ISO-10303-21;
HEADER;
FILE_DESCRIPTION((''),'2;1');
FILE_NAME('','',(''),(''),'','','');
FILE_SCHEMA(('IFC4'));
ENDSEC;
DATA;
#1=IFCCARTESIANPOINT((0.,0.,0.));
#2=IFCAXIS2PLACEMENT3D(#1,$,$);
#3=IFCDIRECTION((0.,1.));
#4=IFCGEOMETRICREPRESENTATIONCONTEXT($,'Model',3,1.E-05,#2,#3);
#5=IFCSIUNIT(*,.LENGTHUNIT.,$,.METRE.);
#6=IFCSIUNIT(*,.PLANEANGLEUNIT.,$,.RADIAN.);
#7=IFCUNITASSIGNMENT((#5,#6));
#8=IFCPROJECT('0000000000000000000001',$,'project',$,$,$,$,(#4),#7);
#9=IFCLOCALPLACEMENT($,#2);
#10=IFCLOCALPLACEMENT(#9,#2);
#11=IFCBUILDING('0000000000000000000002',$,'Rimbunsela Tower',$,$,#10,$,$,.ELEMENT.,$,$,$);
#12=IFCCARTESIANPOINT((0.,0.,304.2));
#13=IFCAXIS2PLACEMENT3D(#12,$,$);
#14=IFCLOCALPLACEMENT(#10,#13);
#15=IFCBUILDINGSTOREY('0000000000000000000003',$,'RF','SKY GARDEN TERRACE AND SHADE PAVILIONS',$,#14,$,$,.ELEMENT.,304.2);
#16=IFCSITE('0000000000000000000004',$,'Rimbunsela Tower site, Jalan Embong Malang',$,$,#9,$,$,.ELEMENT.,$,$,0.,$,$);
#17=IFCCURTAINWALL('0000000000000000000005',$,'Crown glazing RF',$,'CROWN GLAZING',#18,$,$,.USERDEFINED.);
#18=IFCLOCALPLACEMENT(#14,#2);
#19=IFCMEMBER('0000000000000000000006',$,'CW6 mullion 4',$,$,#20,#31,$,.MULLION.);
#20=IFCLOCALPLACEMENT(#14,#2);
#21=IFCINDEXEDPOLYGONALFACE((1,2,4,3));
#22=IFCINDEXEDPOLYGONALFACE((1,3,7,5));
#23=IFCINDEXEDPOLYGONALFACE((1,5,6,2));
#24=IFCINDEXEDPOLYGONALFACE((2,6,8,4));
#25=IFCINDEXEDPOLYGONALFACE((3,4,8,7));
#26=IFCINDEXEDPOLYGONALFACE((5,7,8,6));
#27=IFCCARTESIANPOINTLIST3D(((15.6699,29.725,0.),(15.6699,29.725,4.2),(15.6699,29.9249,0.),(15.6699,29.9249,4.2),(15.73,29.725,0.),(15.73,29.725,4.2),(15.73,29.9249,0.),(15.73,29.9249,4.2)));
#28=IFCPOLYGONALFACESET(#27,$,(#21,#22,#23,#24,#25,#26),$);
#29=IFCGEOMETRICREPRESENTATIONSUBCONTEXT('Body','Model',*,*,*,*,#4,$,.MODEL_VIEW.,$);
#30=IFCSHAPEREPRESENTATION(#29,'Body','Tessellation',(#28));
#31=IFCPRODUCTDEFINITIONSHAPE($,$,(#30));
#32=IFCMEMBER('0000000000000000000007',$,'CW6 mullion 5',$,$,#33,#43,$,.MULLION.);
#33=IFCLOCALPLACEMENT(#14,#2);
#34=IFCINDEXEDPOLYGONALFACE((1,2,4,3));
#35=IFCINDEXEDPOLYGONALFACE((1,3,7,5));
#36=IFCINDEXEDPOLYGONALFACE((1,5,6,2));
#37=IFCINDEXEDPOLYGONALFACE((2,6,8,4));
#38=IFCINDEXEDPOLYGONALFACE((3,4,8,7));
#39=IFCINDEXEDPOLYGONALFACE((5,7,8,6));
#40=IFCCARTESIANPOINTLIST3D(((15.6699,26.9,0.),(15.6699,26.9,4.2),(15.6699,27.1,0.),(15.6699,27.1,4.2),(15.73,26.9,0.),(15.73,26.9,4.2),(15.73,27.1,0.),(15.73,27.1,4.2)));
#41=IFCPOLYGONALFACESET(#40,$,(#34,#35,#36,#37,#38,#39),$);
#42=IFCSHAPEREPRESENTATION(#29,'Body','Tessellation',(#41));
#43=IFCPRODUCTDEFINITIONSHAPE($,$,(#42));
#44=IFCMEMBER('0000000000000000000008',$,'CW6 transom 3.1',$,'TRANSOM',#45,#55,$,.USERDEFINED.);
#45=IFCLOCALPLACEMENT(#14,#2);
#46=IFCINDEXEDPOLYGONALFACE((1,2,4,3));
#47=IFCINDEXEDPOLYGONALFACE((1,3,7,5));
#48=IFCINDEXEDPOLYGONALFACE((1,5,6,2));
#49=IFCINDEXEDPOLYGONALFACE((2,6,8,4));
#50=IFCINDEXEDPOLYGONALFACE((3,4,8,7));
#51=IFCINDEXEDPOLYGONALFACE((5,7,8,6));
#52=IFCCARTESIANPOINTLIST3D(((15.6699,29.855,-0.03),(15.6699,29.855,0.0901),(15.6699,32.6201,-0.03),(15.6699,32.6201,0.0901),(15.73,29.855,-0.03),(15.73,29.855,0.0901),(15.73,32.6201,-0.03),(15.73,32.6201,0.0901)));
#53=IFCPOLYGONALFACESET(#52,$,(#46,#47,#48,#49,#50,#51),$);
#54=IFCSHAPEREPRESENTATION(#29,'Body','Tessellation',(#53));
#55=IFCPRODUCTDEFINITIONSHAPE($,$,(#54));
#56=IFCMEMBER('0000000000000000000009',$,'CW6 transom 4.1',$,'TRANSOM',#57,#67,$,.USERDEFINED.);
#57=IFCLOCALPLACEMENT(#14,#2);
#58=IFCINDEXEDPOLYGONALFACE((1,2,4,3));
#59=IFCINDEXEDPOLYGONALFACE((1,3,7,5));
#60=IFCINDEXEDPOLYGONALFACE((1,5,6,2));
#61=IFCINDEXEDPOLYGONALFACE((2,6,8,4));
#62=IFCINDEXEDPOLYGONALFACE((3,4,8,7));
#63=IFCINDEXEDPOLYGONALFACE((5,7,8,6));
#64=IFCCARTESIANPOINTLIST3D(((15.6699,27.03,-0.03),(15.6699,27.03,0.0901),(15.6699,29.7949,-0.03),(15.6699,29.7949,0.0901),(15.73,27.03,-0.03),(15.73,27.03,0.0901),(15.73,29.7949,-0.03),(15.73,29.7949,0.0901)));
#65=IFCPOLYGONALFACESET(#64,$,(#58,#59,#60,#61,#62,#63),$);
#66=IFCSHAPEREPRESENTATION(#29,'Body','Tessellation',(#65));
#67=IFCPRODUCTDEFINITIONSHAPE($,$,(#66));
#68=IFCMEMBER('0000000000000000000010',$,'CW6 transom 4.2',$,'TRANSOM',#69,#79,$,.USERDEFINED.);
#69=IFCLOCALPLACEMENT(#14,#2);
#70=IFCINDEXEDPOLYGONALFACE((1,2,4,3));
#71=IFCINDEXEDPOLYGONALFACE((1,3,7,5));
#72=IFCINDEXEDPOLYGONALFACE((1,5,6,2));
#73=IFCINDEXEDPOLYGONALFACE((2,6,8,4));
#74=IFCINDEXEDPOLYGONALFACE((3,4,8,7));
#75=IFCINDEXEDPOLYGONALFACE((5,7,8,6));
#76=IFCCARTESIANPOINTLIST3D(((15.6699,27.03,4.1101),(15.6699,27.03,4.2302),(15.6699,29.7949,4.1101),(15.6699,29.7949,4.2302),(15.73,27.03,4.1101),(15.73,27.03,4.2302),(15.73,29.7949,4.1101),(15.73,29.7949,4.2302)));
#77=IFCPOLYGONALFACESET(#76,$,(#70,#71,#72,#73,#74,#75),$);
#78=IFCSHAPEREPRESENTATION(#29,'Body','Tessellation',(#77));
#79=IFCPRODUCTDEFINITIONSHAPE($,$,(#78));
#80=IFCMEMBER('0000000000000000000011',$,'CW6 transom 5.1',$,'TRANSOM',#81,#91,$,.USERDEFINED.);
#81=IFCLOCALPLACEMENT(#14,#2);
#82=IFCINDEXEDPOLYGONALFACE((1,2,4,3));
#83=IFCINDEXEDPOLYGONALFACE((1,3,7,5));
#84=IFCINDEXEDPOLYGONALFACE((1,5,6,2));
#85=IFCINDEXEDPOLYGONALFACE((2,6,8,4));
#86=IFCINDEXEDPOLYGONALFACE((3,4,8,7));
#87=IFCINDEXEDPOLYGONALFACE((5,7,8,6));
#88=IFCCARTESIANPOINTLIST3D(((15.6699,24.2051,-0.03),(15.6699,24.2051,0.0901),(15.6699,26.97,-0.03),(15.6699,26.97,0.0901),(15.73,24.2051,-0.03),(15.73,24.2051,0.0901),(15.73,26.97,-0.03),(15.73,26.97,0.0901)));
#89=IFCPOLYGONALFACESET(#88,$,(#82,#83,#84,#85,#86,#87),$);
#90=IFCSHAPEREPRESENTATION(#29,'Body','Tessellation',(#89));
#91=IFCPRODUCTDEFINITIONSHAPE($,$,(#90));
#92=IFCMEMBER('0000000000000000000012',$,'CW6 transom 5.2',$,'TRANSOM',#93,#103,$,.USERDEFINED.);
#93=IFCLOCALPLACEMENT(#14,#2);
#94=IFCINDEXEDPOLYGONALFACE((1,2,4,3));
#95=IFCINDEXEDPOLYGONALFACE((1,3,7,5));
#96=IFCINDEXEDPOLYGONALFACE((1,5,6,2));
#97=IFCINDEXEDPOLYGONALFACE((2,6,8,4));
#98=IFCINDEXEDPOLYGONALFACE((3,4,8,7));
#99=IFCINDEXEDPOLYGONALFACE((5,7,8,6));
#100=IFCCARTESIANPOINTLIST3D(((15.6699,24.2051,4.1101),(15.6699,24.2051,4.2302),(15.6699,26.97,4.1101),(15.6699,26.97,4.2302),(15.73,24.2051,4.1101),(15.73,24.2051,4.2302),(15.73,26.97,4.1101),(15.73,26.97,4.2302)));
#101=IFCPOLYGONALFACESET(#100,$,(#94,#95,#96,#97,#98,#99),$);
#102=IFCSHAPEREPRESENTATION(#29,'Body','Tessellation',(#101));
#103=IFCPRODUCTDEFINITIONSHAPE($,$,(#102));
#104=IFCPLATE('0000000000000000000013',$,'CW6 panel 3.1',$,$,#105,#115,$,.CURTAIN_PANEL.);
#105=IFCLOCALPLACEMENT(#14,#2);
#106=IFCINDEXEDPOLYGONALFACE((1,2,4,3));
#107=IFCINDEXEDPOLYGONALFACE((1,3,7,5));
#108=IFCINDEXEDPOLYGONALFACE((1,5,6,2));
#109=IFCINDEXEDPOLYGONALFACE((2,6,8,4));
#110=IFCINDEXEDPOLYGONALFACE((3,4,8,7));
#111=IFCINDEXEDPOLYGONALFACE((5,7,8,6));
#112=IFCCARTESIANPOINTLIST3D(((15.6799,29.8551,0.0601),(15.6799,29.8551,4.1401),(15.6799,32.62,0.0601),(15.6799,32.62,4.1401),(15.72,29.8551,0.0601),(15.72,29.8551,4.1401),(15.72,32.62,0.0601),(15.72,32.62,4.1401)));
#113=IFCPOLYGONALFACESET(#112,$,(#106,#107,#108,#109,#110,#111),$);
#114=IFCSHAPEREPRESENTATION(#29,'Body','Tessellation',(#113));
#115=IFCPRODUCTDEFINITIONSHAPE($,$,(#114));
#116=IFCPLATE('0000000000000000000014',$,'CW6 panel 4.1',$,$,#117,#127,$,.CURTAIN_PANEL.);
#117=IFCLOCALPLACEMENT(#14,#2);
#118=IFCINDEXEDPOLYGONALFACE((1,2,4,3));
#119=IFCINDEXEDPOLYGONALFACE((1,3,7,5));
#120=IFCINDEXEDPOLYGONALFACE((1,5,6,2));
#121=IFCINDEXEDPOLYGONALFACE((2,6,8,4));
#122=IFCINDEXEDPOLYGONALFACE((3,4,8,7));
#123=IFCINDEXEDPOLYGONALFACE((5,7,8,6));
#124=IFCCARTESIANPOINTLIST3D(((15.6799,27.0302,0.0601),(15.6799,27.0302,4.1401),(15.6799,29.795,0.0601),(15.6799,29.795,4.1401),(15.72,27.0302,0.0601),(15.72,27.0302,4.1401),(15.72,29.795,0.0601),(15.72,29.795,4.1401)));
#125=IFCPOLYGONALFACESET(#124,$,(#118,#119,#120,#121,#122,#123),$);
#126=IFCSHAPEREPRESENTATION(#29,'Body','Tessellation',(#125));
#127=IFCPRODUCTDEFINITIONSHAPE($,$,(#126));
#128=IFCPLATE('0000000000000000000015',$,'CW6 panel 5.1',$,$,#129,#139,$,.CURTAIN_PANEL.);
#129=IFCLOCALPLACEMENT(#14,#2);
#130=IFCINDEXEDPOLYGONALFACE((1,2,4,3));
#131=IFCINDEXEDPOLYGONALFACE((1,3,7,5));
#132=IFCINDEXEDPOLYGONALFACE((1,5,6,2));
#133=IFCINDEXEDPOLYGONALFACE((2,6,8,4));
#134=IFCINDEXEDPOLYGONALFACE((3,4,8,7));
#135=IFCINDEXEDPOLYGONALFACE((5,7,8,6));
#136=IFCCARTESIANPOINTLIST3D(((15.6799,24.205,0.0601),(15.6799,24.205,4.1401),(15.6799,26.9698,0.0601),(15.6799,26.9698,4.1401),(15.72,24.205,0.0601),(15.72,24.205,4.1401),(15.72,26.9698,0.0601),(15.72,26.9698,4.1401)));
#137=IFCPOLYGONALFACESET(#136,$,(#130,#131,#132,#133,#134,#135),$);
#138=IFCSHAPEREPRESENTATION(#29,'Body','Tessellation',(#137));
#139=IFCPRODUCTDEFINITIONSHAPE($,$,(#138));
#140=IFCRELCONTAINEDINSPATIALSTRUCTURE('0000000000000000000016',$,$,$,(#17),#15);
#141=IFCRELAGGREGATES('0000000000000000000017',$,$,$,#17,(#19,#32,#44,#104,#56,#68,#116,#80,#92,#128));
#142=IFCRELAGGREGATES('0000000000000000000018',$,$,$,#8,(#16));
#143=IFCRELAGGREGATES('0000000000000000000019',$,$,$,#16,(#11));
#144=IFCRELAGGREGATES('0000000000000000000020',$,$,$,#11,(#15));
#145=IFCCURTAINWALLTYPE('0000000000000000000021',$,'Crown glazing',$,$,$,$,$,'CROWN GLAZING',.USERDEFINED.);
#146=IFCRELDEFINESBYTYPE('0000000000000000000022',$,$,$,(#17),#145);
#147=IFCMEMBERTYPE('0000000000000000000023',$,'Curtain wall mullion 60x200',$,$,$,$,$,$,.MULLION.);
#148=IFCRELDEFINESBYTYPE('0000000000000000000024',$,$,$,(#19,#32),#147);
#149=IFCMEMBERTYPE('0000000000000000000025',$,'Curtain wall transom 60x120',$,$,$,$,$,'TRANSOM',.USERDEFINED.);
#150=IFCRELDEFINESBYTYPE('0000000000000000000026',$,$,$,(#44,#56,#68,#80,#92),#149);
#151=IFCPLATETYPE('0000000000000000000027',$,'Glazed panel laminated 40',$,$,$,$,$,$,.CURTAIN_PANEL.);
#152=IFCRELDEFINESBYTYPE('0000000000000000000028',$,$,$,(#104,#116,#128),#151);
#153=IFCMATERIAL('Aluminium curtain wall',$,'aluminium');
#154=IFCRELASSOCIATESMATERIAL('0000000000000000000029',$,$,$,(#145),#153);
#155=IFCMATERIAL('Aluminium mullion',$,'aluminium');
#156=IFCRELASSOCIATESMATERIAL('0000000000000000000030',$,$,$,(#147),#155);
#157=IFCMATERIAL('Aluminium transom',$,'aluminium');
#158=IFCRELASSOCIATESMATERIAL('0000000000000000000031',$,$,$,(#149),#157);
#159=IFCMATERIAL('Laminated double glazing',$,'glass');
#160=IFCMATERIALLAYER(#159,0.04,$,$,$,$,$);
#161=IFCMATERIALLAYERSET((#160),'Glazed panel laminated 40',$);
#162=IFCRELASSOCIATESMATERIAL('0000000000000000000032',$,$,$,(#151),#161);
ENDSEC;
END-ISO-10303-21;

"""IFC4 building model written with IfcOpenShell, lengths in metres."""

from ifc_helpers import new_model, si_unit, direction, frame, origin, origin_2d, place, context, subcontext, project, spatial, rectangle, extrude, material, layer, layer_set, material_profile, profile_set, type_object, element, aggregate, save


model = new_model("IFC4")

# Units and contexts
model_context = context("Model", 3, precision=1e-05, world=origin(), true_north=direction((0.0, 1.0)))
body_context = subcontext(model_context, "Body", "Model", "MODEL_VIEW")
ifc_project = project(units=[si_unit("LENGTHUNIT", "METRE"), si_unit("PLANEANGLEUNIT", "RADIAN")], contexts=[model_context])

# Site, building, storey
site_placement = place(None, origin())
site = spatial("IfcSite", under=ifc_project, at=site_placement, Name="Rimbunsela Tower site, Jalan Embong Malang", CompositionType="ELEMENT", RefElevation=0.0)
building_placement = place(site_placement, origin())
building = spatial("IfcBuilding", under=site, at=building_placement, Name="Rimbunsela Tower", CompositionType="ELEMENT")
storey_placement = place(building_placement, frame((0.0, 0.0, 304.2)))
storey = spatial("IfcBuildingStorey", under=building, at=storey_placement, Name="RF", Description="SKY GARDEN TERRACE AND SHADE PAVILIONS", CompositionType="ELEMENT", Elevation=304.2)

# Curtain wall, members, plates
ifc_material_1 = material(Name="Aluminium curtain wall", Category="aluminium")
curtain_wall_type = type_object("IfcCurtainWallType", Name="Crown glazing", ElementType="CROWN GLAZING", PredefinedType="USERDEFINED", material=ifc_material_1)
curtain_wall_placement = place(storey_placement, origin())
curtain_wall = element("IfcCurtainWall", 1, at=curtain_wall_placement, inside=storey, type_object=curtain_wall_type, Name="Crown glazing RF", ObjectType="CROWN GLAZING", PredefinedType="USERDEFINED")
ifc_material_2 = material(Name="Aluminium mullion", Category="aluminium")
ifc_material_profile_1 = material_profile(ifc_material_2, rectangle(XDim=0.0601, YDim=0.2, at=origin_2d()), Name="Mullion 60x200")
ifc_profile_set_1 = profile_set([ifc_material_profile_1], Name="Aluminium mullion")
member_type_1 = type_object("IfcMemberType", Name="Curtain wall mullion 60x200", PredefinedType="MULLION", material=ifc_profile_set_1)
member_1_placement = place(storey_placement, frame((15.7, 29.825, 0.0), z_axis=(0.0, 0.0, 1.0), x_axis=(1.0, 0.0, 0.0)))
member_1 = element("IfcMember", 2, at=member_1_placement, type_object=member_type_1, Name="CW6 mullion 4", PredefinedType="MULLION", context=body_context, shape_type="SweptSolid", body=[
    extrude(rectangle(XDim=0.0601, YDim=0.2, at=origin_2d()), origin(), (0.0, 0.0, 1.0), 4.2),
])
member_2_placement = place(storey_placement, frame((15.7, 27.0, 0.0), z_axis=(0.0, 0.0, 1.0), x_axis=(1.0, 0.0, 0.0)))
member_2 = element("IfcMember", 3, at=member_2_placement, type_object=member_type_1, Name="CW6 mullion 5", PredefinedType="MULLION", context=body_context, shape_type="SweptSolid", body=[
    extrude(rectangle(XDim=0.0601, YDim=0.2, at=origin_2d()), origin(), (0.0, 0.0, 1.0), 4.2),
])
ifc_material_3 = material(Name="Aluminium transom", Category="aluminium")
ifc_material_profile_2 = material_profile(ifc_material_3, rectangle(XDim=0.0601, YDim=0.1201, at=origin_2d()), Name="Transom 60x120")
ifc_profile_set_2 = profile_set([ifc_material_profile_2], Name="Aluminium transom")
member_type_2 = type_object("IfcMemberType", Name="Curtain wall transom 60x120", ElementType="TRANSOM", PredefinedType="USERDEFINED", material=ifc_profile_set_2)
member_3_placement = place(storey_placement, frame((15.7, 32.6201, 0.03), z_axis=(0.0, -1.0, 0.0), x_axis=(1.0, 0.0, 0.0)))
member_3 = element("IfcMember", 4, at=member_3_placement, type_object=member_type_2, Name="CW6 transom 3.1", ObjectType="TRANSOM", PredefinedType="USERDEFINED", context=body_context, shape_type="SweptSolid", body=[
    extrude(rectangle(XDim=0.0601, YDim=0.1201, at=origin_2d()), origin(), (0.0, 0.0, 1.0), 2.7651),
])
member_4_placement = place(storey_placement, frame((15.7, 29.7949, 0.03), z_axis=(0.0, -1.0, 0.0), x_axis=(1.0, 0.0, 0.0)))
member_4 = element("IfcMember", 5, at=member_4_placement, type_object=member_type_2, Name="CW6 transom 4.1", ObjectType="TRANSOM", PredefinedType="USERDEFINED", context=body_context, shape_type="SweptSolid", body=[
    extrude(rectangle(XDim=0.0601, YDim=0.1201, at=origin_2d()), origin(), (0.0, 0.0, 1.0), 2.7649),
])
member_5_placement = place(storey_placement, frame((15.7, 29.7949, 4.1702), z_axis=(0.0, -1.0, 0.0), x_axis=(1.0, 0.0, 0.0)))
member_5 = element("IfcMember", 6, at=member_5_placement, type_object=member_type_2, Name="CW6 transom 4.2", ObjectType="TRANSOM", PredefinedType="USERDEFINED", context=body_context, shape_type="SweptSolid", body=[
    extrude(rectangle(XDim=0.0601, YDim=0.1201, at=origin_2d()), origin(), (0.0, 0.0, 1.0), 2.7649),
])
member_6_placement = place(storey_placement, frame((15.7, 26.97, 0.03), z_axis=(0.0, -1.0, 0.0), x_axis=(1.0, 0.0, 0.0)))
member_6 = element("IfcMember", 7, at=member_6_placement, type_object=member_type_2, Name="CW6 transom 5.1", ObjectType="TRANSOM", PredefinedType="USERDEFINED", context=body_context, shape_type="SweptSolid", body=[
    extrude(rectangle(XDim=0.0601, YDim=0.1201, at=origin_2d()), origin(), (0.0, 0.0, 1.0), 2.7649),
])
member_7_placement = place(storey_placement, frame((15.7, 26.97, 4.1702), z_axis=(0.0, -1.0, 0.0), x_axis=(1.0, 0.0, 0.0)))
member_7 = element("IfcMember", 8, at=member_7_placement, type_object=member_type_2, Name="CW6 transom 5.2", ObjectType="TRANSOM", PredefinedType="USERDEFINED", context=body_context, shape_type="SweptSolid", body=[
    extrude(rectangle(XDim=0.0601, YDim=0.1201, at=origin_2d()), origin(), (0.0, 0.0, 1.0), 2.7649),
])
ifc_material_4 = material(Name="Laminated double glazing", Category="glass")
ifc_layer_1 = layer(ifc_material_4, 0.04)
ifc_layer_set_1 = layer_set([ifc_layer_1], Name="Glazed panel laminated 40")
plate_type = type_object("IfcPlateType", Name="Glazed panel laminated 40", PredefinedType="CURTAIN_PANEL", material=ifc_layer_set_1)
plate_1_placement = place(storey_placement, frame((15.7, 31.2375, 0.0601), z_axis=(0.0, 0.0, 1.0), x_axis=(0.0, -1.0, 0.0)))
plate_1 = element("IfcPlate", 9, at=plate_1_placement, type_object=plate_type, Name="CW6 panel 3.1", PredefinedType="CURTAIN_PANEL", context=body_context, shape_type="SweptSolid", body=[
    extrude(rectangle(XDim=2.7649, YDim=0.04, at=origin_2d()), origin(), (0.0, 0.0, 1.0), 4.0801),
])
plate_2_placement = place(storey_placement, frame((15.7, 28.4126, 0.0601), z_axis=(0.0, 0.0, 1.0), x_axis=(0.0, -1.0, 0.0)))
plate_2 = element("IfcPlate", 10, at=plate_2_placement, type_object=plate_type, Name="CW6 panel 4.1", PredefinedType="CURTAIN_PANEL", context=body_context, shape_type="SweptSolid", body=[
    extrude(rectangle(XDim=2.7649, YDim=0.04, at=origin_2d()), origin(), (0.0, 0.0, 1.0), 4.0801),
])
plate_3_placement = place(storey_placement, frame((15.7, 25.5874, 0.0601), z_axis=(0.0, 0.0, 1.0), x_axis=(0.0, -1.0, 0.0)))
plate_3 = element("IfcPlate", 11, at=plate_3_placement, type_object=plate_type, Name="CW6 panel 5.1", PredefinedType="CURTAIN_PANEL", context=body_context, shape_type="SweptSolid", body=[
    extrude(rectangle(XDim=2.7649, YDim=0.04, at=origin_2d()), origin(), (0.0, 0.0, 1.0), 4.0801),
])
aggregate(curtain_wall, [member_1, member_2, member_3, plate_1, member_4, member_5, plate_2, member_6, member_7, plate_3])

save(model, "model.ifc")
